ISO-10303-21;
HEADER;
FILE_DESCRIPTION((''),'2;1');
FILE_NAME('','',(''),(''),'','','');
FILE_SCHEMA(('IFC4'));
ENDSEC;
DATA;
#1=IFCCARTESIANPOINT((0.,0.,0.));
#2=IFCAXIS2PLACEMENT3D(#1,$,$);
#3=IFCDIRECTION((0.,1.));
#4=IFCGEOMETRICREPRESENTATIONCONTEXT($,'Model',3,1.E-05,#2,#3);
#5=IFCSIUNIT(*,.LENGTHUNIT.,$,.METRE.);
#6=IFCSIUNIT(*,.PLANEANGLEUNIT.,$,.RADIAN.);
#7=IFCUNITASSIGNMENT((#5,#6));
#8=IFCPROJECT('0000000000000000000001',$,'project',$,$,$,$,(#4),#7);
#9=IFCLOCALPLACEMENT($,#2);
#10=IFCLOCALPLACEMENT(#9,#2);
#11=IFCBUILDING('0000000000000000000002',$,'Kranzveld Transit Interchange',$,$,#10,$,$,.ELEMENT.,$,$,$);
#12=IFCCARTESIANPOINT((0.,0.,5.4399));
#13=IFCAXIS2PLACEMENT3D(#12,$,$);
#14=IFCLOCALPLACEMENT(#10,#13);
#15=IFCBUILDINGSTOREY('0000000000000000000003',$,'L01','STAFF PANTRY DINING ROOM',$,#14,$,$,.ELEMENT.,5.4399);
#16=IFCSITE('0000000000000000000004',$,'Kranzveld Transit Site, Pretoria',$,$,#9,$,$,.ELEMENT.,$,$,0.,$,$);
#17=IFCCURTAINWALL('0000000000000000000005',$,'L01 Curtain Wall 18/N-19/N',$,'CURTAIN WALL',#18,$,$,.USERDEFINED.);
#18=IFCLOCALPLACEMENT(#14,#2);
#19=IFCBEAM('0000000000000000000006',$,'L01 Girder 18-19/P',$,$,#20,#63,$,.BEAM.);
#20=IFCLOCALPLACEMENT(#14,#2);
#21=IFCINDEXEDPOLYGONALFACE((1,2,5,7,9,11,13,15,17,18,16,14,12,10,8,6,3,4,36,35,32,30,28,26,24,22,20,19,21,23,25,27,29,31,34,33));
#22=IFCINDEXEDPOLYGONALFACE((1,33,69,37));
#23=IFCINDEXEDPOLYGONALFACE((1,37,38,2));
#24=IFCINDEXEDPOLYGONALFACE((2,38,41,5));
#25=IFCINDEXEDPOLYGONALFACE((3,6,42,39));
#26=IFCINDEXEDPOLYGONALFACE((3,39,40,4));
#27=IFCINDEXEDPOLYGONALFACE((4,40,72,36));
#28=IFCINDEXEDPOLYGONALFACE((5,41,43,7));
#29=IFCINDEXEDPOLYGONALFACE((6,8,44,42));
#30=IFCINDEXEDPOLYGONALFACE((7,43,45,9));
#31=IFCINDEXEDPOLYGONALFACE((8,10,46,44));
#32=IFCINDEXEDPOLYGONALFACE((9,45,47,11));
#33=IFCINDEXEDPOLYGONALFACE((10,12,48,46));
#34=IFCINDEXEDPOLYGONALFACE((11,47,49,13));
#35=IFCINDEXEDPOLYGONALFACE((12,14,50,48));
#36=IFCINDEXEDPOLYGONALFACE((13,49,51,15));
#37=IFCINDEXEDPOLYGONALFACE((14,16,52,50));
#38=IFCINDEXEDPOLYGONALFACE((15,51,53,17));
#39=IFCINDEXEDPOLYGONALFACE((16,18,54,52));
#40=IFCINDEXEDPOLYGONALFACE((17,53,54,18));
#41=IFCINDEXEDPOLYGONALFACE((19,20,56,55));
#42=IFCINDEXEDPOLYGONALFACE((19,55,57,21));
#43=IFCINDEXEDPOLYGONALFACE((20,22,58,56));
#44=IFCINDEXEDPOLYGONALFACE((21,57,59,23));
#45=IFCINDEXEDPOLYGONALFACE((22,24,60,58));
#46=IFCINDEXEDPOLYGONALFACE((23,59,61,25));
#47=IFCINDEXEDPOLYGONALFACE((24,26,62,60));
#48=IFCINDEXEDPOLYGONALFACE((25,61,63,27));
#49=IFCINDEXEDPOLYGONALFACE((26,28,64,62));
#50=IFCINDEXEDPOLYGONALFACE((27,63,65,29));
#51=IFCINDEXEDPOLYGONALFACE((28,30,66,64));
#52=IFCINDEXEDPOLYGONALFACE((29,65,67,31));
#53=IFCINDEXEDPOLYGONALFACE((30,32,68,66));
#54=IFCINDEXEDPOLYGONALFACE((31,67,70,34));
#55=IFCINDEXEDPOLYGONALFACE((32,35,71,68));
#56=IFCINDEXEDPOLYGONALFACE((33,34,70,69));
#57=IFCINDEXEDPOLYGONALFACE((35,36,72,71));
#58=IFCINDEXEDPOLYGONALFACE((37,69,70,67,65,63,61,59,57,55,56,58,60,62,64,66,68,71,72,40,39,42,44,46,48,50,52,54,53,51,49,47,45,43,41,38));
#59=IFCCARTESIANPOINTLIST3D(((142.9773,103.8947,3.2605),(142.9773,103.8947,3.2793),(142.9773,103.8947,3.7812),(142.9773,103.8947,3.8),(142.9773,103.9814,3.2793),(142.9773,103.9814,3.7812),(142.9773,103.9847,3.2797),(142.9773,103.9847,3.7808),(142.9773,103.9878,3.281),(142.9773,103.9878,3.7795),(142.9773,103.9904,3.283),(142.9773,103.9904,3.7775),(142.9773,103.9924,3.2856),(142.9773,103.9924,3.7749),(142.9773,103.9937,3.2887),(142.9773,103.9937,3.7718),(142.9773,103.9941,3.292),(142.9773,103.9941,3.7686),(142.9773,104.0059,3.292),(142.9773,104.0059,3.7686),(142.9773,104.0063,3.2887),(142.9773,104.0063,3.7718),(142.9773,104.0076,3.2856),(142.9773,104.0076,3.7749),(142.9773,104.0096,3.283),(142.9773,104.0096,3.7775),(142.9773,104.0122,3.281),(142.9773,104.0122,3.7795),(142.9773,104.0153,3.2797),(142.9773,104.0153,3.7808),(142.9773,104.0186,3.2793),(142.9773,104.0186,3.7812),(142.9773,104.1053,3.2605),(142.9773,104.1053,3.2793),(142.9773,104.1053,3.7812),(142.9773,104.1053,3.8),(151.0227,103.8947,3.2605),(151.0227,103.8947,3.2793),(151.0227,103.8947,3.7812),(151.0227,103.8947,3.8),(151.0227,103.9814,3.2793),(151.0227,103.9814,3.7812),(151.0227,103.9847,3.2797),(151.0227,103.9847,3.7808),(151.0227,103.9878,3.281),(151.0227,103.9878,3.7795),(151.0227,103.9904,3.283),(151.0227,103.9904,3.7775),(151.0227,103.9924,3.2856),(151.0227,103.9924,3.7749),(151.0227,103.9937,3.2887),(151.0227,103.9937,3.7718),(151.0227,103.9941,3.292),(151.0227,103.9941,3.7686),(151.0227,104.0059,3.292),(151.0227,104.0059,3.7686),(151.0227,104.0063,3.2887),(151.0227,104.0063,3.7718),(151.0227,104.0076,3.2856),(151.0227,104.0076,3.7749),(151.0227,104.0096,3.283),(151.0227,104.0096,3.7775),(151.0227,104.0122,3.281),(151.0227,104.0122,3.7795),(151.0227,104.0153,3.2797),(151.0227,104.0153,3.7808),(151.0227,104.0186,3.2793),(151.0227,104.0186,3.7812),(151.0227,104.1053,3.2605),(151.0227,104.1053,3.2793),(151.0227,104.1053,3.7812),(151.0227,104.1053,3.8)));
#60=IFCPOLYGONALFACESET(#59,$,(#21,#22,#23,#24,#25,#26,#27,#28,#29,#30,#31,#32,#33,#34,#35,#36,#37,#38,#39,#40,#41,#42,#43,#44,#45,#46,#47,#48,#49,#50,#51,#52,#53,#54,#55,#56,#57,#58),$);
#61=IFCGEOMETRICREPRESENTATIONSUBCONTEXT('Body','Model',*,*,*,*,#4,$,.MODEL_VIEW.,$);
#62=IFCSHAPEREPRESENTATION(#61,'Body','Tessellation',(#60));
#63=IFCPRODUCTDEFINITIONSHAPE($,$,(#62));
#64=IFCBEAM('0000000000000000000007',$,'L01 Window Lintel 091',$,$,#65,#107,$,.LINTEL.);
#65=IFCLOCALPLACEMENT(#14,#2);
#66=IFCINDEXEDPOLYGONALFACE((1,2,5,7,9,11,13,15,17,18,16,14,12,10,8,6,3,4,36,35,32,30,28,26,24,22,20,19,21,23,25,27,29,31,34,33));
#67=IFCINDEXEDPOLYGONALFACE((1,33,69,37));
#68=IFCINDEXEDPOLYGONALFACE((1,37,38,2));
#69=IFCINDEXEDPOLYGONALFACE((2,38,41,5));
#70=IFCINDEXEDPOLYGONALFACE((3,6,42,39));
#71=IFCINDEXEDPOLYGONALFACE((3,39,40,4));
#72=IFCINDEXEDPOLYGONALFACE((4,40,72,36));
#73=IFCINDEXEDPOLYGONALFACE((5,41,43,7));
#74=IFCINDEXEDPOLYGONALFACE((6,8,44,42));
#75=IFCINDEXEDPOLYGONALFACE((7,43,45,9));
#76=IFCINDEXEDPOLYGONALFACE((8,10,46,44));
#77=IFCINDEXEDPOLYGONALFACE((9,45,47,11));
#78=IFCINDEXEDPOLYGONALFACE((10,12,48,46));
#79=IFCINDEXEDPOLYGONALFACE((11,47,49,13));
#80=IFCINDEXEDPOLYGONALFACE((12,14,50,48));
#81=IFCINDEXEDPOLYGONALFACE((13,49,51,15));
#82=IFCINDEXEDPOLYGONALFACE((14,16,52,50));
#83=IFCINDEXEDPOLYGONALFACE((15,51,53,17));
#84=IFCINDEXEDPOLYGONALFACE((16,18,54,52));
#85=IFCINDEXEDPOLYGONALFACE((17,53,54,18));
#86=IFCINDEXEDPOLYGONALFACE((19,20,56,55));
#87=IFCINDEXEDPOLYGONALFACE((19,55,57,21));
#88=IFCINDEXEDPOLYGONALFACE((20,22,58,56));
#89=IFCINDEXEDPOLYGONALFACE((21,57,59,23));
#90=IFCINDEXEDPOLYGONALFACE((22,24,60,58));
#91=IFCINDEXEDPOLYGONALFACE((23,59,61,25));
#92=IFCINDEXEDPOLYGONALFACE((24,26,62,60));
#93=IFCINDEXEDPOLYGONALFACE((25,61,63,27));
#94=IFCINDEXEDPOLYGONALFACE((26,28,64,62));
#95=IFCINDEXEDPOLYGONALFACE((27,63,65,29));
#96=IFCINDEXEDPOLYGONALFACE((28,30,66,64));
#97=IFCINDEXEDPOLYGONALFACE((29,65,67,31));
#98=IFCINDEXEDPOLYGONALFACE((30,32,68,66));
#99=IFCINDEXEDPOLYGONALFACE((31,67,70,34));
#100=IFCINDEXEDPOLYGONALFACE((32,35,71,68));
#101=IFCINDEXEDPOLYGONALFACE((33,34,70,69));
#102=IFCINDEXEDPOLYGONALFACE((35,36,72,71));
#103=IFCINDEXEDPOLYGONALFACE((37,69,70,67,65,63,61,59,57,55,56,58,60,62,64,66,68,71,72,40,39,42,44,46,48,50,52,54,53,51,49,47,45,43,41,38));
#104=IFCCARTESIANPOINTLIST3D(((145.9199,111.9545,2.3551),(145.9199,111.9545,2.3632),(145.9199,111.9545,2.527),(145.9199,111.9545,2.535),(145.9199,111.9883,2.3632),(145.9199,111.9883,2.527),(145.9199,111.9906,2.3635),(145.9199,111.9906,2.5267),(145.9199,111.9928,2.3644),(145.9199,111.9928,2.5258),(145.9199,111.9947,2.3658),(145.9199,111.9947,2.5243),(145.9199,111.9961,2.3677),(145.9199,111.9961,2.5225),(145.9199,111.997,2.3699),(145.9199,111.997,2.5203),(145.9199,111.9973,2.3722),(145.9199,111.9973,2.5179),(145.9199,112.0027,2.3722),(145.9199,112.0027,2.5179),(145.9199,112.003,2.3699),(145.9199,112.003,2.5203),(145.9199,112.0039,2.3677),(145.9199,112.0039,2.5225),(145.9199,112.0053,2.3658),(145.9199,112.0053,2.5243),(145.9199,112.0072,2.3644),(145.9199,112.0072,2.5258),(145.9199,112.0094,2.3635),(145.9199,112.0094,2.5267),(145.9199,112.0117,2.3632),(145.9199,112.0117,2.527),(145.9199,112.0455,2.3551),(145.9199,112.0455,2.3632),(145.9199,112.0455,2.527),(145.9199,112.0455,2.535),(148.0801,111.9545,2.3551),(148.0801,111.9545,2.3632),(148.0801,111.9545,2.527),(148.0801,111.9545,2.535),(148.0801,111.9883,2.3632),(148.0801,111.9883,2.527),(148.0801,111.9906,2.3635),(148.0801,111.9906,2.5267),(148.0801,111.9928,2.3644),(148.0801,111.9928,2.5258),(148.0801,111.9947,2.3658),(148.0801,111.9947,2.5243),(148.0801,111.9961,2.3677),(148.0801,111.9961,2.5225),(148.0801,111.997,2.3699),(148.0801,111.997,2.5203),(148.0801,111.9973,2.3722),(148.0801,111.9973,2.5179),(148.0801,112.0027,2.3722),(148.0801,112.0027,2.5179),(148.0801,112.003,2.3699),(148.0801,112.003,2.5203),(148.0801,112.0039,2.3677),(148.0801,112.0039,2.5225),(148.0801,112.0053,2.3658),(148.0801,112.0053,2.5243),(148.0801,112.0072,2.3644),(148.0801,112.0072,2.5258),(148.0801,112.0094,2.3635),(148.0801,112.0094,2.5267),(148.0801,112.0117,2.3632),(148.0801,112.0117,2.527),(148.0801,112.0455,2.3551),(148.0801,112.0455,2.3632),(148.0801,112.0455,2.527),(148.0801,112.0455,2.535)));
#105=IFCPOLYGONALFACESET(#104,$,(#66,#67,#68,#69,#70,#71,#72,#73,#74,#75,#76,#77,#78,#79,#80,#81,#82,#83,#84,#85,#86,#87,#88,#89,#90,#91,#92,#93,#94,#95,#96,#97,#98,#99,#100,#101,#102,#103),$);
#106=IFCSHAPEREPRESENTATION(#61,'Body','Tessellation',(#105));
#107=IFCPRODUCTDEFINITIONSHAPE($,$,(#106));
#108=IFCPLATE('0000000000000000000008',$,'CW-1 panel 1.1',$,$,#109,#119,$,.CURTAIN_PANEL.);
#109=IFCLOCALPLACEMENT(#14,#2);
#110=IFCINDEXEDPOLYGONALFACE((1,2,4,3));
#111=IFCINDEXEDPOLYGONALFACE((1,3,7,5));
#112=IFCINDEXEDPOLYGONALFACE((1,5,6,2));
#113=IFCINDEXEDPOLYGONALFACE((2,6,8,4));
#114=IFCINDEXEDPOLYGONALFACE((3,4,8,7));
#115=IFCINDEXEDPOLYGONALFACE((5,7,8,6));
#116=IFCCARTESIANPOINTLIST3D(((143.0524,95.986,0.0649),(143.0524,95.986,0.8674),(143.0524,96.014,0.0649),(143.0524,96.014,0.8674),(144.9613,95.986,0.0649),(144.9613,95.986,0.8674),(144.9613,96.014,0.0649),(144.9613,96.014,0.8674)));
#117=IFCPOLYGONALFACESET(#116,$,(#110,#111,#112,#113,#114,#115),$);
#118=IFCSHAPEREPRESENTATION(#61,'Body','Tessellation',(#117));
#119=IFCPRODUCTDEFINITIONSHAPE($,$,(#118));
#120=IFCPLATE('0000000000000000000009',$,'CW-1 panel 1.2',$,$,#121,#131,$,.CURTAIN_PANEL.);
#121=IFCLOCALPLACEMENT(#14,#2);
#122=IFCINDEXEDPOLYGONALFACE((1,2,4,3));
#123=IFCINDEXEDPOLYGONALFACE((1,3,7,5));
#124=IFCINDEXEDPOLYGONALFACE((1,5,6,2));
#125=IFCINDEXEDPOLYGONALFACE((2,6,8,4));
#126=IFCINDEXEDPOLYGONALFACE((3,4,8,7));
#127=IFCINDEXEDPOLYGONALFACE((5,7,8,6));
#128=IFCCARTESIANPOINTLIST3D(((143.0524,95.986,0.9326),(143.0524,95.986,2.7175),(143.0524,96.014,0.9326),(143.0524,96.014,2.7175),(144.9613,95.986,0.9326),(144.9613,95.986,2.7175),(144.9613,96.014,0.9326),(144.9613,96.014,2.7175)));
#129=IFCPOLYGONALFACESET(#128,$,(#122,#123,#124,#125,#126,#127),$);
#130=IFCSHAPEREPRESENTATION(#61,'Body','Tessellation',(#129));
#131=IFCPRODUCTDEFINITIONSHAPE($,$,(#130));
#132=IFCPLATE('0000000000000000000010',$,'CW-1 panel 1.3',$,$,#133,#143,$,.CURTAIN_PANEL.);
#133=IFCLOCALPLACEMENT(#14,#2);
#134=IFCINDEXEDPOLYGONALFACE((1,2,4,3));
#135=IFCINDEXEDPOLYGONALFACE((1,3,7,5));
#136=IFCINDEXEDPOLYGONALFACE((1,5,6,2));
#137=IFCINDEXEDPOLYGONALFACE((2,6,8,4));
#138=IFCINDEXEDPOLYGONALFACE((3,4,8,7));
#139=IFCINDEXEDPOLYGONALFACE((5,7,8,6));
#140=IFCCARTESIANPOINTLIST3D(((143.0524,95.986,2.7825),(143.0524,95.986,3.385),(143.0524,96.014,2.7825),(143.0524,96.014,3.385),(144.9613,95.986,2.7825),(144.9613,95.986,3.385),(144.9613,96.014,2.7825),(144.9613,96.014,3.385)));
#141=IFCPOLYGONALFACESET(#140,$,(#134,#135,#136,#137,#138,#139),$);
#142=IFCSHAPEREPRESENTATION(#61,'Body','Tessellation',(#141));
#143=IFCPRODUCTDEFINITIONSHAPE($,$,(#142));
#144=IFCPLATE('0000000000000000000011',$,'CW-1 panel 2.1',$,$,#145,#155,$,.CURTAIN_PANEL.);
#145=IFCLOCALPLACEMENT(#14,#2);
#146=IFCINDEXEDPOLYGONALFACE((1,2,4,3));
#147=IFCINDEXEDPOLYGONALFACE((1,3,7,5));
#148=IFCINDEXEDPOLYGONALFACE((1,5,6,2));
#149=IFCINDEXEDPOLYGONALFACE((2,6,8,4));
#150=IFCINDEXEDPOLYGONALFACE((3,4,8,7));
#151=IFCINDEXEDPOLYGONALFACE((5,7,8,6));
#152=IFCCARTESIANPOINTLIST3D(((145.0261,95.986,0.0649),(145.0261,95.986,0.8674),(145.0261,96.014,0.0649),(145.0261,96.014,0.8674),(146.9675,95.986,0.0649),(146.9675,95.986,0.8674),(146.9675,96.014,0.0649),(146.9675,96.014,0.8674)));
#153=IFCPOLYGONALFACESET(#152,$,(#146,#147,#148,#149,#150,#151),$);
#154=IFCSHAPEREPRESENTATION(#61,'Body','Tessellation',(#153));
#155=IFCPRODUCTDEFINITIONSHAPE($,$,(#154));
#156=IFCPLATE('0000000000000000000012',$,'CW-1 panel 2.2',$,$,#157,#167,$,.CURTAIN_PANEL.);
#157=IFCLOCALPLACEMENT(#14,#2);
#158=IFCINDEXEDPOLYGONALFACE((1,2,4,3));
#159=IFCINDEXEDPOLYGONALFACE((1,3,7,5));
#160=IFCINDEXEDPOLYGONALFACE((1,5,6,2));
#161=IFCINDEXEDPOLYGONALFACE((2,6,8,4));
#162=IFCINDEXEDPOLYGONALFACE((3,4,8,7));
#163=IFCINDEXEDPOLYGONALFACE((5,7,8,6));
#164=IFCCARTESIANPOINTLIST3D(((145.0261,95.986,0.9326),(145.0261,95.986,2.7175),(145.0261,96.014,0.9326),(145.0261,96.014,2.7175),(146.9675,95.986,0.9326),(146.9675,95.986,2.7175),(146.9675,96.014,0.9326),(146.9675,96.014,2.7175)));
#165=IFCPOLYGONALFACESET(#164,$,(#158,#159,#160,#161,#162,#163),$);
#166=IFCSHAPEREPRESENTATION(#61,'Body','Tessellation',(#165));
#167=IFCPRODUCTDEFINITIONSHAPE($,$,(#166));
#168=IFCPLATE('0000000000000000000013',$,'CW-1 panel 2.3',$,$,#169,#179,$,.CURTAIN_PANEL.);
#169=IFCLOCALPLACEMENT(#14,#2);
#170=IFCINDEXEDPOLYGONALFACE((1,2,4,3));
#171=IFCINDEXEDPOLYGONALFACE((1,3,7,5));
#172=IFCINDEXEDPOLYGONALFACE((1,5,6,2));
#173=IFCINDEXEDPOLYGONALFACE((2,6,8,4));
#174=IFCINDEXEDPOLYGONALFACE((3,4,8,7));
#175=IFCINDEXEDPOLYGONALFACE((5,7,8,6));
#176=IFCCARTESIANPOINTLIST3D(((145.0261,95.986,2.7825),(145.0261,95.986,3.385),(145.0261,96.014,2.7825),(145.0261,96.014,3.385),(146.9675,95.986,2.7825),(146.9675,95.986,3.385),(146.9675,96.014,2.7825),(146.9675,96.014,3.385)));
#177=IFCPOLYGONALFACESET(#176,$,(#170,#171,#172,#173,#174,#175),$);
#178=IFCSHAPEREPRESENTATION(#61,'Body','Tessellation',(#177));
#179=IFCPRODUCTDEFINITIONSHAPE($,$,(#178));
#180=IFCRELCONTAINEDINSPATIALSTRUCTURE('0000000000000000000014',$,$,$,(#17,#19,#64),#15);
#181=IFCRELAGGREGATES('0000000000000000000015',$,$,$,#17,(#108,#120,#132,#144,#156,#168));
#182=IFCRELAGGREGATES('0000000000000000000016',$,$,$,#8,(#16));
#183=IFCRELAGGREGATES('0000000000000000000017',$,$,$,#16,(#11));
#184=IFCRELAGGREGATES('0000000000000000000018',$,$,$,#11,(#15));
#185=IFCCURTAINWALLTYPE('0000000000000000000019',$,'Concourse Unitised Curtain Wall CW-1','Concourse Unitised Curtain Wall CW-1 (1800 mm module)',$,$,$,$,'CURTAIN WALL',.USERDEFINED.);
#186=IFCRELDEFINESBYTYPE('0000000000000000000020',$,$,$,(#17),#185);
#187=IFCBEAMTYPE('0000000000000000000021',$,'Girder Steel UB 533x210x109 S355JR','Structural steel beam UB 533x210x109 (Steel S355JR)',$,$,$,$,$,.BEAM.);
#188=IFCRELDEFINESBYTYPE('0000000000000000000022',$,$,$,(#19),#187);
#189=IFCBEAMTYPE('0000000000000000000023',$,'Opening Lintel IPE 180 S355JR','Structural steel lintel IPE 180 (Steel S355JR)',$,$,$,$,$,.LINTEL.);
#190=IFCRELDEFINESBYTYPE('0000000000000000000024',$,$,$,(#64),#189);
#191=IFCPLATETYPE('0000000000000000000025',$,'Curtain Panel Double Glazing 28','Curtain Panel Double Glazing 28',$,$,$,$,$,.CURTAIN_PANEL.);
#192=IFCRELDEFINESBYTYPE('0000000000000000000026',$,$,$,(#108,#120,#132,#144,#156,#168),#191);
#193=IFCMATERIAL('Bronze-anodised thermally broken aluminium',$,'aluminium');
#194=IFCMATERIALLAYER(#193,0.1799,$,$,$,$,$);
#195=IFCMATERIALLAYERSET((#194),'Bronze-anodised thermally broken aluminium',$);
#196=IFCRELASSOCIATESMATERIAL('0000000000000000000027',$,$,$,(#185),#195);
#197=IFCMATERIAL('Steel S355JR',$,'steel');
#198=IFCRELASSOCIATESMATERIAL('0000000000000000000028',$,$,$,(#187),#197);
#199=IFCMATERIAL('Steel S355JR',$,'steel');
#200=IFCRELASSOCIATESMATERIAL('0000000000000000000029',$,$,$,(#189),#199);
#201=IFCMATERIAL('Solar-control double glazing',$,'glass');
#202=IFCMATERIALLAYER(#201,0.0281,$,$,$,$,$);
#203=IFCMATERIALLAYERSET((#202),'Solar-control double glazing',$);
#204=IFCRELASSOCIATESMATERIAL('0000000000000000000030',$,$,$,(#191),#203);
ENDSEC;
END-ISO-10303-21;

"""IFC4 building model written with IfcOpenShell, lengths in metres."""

from ifc_helpers import new_model, si_unit, direction, frame, origin, origin_2d, place, context, subcontext, project, spatial, rectangle, i_section, extrude, material, layer, layer_set, material_profile, profile_set, type_object, element, aggregate, save


model = new_model("IFC4")

# Units and contexts
model_context = context("Model", 3, precision=1e-05, world=origin(), true_north=direction((0.0, 1.0)))
body_context = subcontext(model_context, "Body", "Model", "MODEL_VIEW")
ifc_project = project(units=[si_unit("LENGTHUNIT", "METRE"), si_unit("PLANEANGLEUNIT", "RADIAN")], contexts=[model_context])

# Site, building, storey
site_placement = place(None, origin())
site = spatial("IfcSite", under=ifc_project, at=site_placement, Name="Kranzveld Transit Site, Pretoria", CompositionType="ELEMENT", RefElevation=0.0)
building_placement = place(site_placement, origin())
building = spatial("IfcBuilding", under=site, at=building_placement, Name="Kranzveld Transit Interchange", CompositionType="ELEMENT")
storey_placement = place(building_placement, frame((0.0, 0.0, 5.4399)))
storey = spatial("IfcBuildingStorey", under=building, at=storey_placement, Name="L01", Description="STAFF PANTRY DINING ROOM", CompositionType="ELEMENT", Elevation=5.4399)

# Curtain wall
ifc_material_1 = material(Name="Bronze-anodised thermally broken aluminium", Category="aluminium")
ifc_layer_1 = layer(ifc_material_1, 0.1799)
ifc_layer_set_1 = layer_set([ifc_layer_1], Name="Bronze-anodised thermally broken aluminium")
curtain_wall_type = type_object("IfcCurtainWallType", Name="Concourse Unitised Curtain Wall CW-1", Description="Concourse Unitised Curtain Wall CW-1 (1800 mm module)", ElementType="CURTAIN WALL", PredefinedType="USERDEFINED", material=ifc_layer_set_1)
curtain_wall_placement = place(storey_placement, origin())
curtain_wall = element("IfcCurtainWall", 1, at=curtain_wall_placement, inside=storey, type_object=curtain_wall_type, Name="L01 Curtain Wall 18/N-19/N", ObjectType="CURTAIN WALL", PredefinedType="USERDEFINED")

# Beams
ifc_material_2 = material(Name="Steel S355JR", Category="steel")
ifc_material_profile_1 = material_profile(ifc_material_2, i_section(OverallWidth=0.2107, OverallDepth=0.5396, WebThickness=0.0117, FlangeThickness=0.0188, FilletRadius=0.0127, at=origin_2d()), Name="UB 533x210x109")
ifc_profile_set_1 = profile_set([ifc_material_profile_1], Name="Steel S355JR")
beam_type_1 = type_object("IfcBeamType", Name="Girder Steel UB 533x210x109 S355JR", Description="Structural steel beam UB 533x210x109 (Steel S355JR)", PredefinedType="BEAM", material=ifc_profile_set_1)
beam_1_placement = place(storey_placement, frame((142.9773, 104.0, 3.5303), z_axis=(1.0, 0.0, 0.0), x_axis=(0.0, 1.0, 0.0)))
element("IfcBeam", 2, at=beam_1_placement, inside=storey, type_object=beam_type_1, Name="L01 Girder 18-19/P", PredefinedType="BEAM", context=body_context, shape_type="SweptSolid", body=[
    extrude(i_section(OverallWidth=0.2107, OverallDepth=0.5396, WebThickness=0.0117, FlangeThickness=0.0188, FilletRadius=0.0127, at=origin_2d()), origin(), (0.0, 0.0, 1.0), 8.0454),
])
ifc_material_3 = material(Name="Steel S355JR", Category="steel")
ifc_material_profile_2 = material_profile(ifc_material_3, i_section(OverallWidth=0.0911, OverallDepth=0.1799, WebThickness=0.0054, FlangeThickness=0.0081, FilletRadius=0.009, at=origin_2d()), Name="IPE 180")
ifc_profile_set_2 = profile_set([ifc_material_profile_2], Name="Steel S355JR")
beam_type_2 = type_object("IfcBeamType", Name="Opening Lintel IPE 180 S355JR", Description="Structural steel lintel IPE 180 (Steel S355JR)", PredefinedType="LINTEL", material=ifc_profile_set_2)
beam_2_placement = place(storey_placement, frame((145.9199, 112.0, 2.4451), z_axis=(1.0, 0.0, 0.0), x_axis=(0.0, 1.0, 0.0)))
element("IfcBeam", 3, at=beam_2_placement, inside=storey, type_object=beam_type_2, Name="L01 Window Lintel 091", PredefinedType="LINTEL", context=body_context, shape_type="SweptSolid", body=[
    extrude(i_section(OverallWidth=0.0911, OverallDepth=0.1799, WebThickness=0.0054, FlangeThickness=0.0081, FilletRadius=0.009, at=origin_2d()), origin(), (0.0, 0.0, 1.0), 2.1602),
])

# Plates
ifc_material_4 = material(Name="Solar-control double glazing", Category="glass")
ifc_layer_2 = layer(ifc_material_4, 0.0281)
ifc_layer_set_2 = layer_set([ifc_layer_2], Name="Solar-control double glazing")
plate_type = type_object("IfcPlateType", Name="Curtain Panel Double Glazing 28", Description="Curtain Panel Double Glazing 28", PredefinedType="CURTAIN_PANEL", material=ifc_layer_set_2)
plate_1_placement = place(storey_placement, frame((144.0068, 96.0, 0.0649), z_axis=(0.0, 0.0, 1.0), x_axis=(1.0, 0.0, 0.0)))
plate_1 = element("IfcPlate", 4, at=plate_1_placement, type_object=plate_type, Name="CW-1 panel 1.1", PredefinedType="CURTAIN_PANEL", context=body_context, shape_type="SweptSolid", body=[
    extrude(rectangle(XDim=1.9089, YDim=0.0281, at=origin_2d()), origin(), (0.0, 0.0, 1.0), 0.8025),
])
plate_2_placement = place(storey_placement, frame((144.0068, 96.0, 0.9326), z_axis=(0.0, 0.0, 1.0), x_axis=(1.0, 0.0, 0.0)))
plate_2 = element("IfcPlate", 5, at=plate_2_placement, type_object=plate_type, Name="CW-1 panel 1.2", PredefinedType="CURTAIN_PANEL", context=body_context, shape_type="SweptSolid", body=[
    extrude(rectangle(XDim=1.9089, YDim=0.0281, at=origin_2d()), origin(), (0.0, 0.0, 1.0), 1.7849),
])
plate_3_placement = place(storey_placement, frame((144.0068, 96.0, 2.7825), z_axis=(0.0, 0.0, 1.0), x_axis=(1.0, 0.0, 0.0)))
plate_3 = element("IfcPlate", 6, at=plate_3_placement, type_object=plate_type, Name="CW-1 panel 1.3", PredefinedType="CURTAIN_PANEL", context=body_context, shape_type="SweptSolid", body=[
    extrude(rectangle(XDim=1.9089, YDim=0.0281, at=origin_2d()), origin(), (0.0, 0.0, 1.0), 0.6025),
])
plate_4_placement = place(storey_placement, frame((145.9968, 96.0, 0.0649), z_axis=(0.0, 0.0, 1.0), x_axis=(1.0, 0.0, 0.0)))
plate_4 = element("IfcPlate", 7, at=plate_4_placement, type_object=plate_type, Name="CW-1 panel 2.1", PredefinedType="CURTAIN_PANEL", context=body_context, shape_type="SweptSolid", body=[
    extrude(rectangle(XDim=1.9414, YDim=0.0281, at=origin_2d()), origin(), (0.0, 0.0, 1.0), 0.8025),
])
plate_5_placement = place(storey_placement, frame((145.9968, 96.0, 0.9326), z_axis=(0.0, 0.0, 1.0), x_axis=(1.0, 0.0, 0.0)))
plate_5 = element("IfcPlate", 8, at=plate_5_placement, type_object=plate_type, Name="CW-1 panel 2.2", PredefinedType="CURTAIN_PANEL", context=body_context, shape_type="SweptSolid", body=[
    extrude(rectangle(XDim=1.9414, YDim=0.0281, at=origin_2d()), origin(), (0.0, 0.0, 1.0), 1.7849),
])
plate_6_placement = place(storey_placement, frame((145.9968, 96.0, 2.7825), z_axis=(0.0, 0.0, 1.0), x_axis=(1.0, 0.0, 0.0)))
plate_6 = element("IfcPlate", 9, at=plate_6_placement, type_object=plate_type, Name="CW-1 panel 2.3", PredefinedType="CURTAIN_PANEL", context=body_context, shape_type="SweptSolid", body=[
    extrude(rectangle(XDim=1.9414, YDim=0.0281, at=origin_2d()), origin(), (0.0, 0.0, 1.0), 0.6025),
])
aggregate(curtain_wall, [plate_1, plate_2, plate_3, plate_4, plate_5, plate_6])

save(model, "model.ifc")
